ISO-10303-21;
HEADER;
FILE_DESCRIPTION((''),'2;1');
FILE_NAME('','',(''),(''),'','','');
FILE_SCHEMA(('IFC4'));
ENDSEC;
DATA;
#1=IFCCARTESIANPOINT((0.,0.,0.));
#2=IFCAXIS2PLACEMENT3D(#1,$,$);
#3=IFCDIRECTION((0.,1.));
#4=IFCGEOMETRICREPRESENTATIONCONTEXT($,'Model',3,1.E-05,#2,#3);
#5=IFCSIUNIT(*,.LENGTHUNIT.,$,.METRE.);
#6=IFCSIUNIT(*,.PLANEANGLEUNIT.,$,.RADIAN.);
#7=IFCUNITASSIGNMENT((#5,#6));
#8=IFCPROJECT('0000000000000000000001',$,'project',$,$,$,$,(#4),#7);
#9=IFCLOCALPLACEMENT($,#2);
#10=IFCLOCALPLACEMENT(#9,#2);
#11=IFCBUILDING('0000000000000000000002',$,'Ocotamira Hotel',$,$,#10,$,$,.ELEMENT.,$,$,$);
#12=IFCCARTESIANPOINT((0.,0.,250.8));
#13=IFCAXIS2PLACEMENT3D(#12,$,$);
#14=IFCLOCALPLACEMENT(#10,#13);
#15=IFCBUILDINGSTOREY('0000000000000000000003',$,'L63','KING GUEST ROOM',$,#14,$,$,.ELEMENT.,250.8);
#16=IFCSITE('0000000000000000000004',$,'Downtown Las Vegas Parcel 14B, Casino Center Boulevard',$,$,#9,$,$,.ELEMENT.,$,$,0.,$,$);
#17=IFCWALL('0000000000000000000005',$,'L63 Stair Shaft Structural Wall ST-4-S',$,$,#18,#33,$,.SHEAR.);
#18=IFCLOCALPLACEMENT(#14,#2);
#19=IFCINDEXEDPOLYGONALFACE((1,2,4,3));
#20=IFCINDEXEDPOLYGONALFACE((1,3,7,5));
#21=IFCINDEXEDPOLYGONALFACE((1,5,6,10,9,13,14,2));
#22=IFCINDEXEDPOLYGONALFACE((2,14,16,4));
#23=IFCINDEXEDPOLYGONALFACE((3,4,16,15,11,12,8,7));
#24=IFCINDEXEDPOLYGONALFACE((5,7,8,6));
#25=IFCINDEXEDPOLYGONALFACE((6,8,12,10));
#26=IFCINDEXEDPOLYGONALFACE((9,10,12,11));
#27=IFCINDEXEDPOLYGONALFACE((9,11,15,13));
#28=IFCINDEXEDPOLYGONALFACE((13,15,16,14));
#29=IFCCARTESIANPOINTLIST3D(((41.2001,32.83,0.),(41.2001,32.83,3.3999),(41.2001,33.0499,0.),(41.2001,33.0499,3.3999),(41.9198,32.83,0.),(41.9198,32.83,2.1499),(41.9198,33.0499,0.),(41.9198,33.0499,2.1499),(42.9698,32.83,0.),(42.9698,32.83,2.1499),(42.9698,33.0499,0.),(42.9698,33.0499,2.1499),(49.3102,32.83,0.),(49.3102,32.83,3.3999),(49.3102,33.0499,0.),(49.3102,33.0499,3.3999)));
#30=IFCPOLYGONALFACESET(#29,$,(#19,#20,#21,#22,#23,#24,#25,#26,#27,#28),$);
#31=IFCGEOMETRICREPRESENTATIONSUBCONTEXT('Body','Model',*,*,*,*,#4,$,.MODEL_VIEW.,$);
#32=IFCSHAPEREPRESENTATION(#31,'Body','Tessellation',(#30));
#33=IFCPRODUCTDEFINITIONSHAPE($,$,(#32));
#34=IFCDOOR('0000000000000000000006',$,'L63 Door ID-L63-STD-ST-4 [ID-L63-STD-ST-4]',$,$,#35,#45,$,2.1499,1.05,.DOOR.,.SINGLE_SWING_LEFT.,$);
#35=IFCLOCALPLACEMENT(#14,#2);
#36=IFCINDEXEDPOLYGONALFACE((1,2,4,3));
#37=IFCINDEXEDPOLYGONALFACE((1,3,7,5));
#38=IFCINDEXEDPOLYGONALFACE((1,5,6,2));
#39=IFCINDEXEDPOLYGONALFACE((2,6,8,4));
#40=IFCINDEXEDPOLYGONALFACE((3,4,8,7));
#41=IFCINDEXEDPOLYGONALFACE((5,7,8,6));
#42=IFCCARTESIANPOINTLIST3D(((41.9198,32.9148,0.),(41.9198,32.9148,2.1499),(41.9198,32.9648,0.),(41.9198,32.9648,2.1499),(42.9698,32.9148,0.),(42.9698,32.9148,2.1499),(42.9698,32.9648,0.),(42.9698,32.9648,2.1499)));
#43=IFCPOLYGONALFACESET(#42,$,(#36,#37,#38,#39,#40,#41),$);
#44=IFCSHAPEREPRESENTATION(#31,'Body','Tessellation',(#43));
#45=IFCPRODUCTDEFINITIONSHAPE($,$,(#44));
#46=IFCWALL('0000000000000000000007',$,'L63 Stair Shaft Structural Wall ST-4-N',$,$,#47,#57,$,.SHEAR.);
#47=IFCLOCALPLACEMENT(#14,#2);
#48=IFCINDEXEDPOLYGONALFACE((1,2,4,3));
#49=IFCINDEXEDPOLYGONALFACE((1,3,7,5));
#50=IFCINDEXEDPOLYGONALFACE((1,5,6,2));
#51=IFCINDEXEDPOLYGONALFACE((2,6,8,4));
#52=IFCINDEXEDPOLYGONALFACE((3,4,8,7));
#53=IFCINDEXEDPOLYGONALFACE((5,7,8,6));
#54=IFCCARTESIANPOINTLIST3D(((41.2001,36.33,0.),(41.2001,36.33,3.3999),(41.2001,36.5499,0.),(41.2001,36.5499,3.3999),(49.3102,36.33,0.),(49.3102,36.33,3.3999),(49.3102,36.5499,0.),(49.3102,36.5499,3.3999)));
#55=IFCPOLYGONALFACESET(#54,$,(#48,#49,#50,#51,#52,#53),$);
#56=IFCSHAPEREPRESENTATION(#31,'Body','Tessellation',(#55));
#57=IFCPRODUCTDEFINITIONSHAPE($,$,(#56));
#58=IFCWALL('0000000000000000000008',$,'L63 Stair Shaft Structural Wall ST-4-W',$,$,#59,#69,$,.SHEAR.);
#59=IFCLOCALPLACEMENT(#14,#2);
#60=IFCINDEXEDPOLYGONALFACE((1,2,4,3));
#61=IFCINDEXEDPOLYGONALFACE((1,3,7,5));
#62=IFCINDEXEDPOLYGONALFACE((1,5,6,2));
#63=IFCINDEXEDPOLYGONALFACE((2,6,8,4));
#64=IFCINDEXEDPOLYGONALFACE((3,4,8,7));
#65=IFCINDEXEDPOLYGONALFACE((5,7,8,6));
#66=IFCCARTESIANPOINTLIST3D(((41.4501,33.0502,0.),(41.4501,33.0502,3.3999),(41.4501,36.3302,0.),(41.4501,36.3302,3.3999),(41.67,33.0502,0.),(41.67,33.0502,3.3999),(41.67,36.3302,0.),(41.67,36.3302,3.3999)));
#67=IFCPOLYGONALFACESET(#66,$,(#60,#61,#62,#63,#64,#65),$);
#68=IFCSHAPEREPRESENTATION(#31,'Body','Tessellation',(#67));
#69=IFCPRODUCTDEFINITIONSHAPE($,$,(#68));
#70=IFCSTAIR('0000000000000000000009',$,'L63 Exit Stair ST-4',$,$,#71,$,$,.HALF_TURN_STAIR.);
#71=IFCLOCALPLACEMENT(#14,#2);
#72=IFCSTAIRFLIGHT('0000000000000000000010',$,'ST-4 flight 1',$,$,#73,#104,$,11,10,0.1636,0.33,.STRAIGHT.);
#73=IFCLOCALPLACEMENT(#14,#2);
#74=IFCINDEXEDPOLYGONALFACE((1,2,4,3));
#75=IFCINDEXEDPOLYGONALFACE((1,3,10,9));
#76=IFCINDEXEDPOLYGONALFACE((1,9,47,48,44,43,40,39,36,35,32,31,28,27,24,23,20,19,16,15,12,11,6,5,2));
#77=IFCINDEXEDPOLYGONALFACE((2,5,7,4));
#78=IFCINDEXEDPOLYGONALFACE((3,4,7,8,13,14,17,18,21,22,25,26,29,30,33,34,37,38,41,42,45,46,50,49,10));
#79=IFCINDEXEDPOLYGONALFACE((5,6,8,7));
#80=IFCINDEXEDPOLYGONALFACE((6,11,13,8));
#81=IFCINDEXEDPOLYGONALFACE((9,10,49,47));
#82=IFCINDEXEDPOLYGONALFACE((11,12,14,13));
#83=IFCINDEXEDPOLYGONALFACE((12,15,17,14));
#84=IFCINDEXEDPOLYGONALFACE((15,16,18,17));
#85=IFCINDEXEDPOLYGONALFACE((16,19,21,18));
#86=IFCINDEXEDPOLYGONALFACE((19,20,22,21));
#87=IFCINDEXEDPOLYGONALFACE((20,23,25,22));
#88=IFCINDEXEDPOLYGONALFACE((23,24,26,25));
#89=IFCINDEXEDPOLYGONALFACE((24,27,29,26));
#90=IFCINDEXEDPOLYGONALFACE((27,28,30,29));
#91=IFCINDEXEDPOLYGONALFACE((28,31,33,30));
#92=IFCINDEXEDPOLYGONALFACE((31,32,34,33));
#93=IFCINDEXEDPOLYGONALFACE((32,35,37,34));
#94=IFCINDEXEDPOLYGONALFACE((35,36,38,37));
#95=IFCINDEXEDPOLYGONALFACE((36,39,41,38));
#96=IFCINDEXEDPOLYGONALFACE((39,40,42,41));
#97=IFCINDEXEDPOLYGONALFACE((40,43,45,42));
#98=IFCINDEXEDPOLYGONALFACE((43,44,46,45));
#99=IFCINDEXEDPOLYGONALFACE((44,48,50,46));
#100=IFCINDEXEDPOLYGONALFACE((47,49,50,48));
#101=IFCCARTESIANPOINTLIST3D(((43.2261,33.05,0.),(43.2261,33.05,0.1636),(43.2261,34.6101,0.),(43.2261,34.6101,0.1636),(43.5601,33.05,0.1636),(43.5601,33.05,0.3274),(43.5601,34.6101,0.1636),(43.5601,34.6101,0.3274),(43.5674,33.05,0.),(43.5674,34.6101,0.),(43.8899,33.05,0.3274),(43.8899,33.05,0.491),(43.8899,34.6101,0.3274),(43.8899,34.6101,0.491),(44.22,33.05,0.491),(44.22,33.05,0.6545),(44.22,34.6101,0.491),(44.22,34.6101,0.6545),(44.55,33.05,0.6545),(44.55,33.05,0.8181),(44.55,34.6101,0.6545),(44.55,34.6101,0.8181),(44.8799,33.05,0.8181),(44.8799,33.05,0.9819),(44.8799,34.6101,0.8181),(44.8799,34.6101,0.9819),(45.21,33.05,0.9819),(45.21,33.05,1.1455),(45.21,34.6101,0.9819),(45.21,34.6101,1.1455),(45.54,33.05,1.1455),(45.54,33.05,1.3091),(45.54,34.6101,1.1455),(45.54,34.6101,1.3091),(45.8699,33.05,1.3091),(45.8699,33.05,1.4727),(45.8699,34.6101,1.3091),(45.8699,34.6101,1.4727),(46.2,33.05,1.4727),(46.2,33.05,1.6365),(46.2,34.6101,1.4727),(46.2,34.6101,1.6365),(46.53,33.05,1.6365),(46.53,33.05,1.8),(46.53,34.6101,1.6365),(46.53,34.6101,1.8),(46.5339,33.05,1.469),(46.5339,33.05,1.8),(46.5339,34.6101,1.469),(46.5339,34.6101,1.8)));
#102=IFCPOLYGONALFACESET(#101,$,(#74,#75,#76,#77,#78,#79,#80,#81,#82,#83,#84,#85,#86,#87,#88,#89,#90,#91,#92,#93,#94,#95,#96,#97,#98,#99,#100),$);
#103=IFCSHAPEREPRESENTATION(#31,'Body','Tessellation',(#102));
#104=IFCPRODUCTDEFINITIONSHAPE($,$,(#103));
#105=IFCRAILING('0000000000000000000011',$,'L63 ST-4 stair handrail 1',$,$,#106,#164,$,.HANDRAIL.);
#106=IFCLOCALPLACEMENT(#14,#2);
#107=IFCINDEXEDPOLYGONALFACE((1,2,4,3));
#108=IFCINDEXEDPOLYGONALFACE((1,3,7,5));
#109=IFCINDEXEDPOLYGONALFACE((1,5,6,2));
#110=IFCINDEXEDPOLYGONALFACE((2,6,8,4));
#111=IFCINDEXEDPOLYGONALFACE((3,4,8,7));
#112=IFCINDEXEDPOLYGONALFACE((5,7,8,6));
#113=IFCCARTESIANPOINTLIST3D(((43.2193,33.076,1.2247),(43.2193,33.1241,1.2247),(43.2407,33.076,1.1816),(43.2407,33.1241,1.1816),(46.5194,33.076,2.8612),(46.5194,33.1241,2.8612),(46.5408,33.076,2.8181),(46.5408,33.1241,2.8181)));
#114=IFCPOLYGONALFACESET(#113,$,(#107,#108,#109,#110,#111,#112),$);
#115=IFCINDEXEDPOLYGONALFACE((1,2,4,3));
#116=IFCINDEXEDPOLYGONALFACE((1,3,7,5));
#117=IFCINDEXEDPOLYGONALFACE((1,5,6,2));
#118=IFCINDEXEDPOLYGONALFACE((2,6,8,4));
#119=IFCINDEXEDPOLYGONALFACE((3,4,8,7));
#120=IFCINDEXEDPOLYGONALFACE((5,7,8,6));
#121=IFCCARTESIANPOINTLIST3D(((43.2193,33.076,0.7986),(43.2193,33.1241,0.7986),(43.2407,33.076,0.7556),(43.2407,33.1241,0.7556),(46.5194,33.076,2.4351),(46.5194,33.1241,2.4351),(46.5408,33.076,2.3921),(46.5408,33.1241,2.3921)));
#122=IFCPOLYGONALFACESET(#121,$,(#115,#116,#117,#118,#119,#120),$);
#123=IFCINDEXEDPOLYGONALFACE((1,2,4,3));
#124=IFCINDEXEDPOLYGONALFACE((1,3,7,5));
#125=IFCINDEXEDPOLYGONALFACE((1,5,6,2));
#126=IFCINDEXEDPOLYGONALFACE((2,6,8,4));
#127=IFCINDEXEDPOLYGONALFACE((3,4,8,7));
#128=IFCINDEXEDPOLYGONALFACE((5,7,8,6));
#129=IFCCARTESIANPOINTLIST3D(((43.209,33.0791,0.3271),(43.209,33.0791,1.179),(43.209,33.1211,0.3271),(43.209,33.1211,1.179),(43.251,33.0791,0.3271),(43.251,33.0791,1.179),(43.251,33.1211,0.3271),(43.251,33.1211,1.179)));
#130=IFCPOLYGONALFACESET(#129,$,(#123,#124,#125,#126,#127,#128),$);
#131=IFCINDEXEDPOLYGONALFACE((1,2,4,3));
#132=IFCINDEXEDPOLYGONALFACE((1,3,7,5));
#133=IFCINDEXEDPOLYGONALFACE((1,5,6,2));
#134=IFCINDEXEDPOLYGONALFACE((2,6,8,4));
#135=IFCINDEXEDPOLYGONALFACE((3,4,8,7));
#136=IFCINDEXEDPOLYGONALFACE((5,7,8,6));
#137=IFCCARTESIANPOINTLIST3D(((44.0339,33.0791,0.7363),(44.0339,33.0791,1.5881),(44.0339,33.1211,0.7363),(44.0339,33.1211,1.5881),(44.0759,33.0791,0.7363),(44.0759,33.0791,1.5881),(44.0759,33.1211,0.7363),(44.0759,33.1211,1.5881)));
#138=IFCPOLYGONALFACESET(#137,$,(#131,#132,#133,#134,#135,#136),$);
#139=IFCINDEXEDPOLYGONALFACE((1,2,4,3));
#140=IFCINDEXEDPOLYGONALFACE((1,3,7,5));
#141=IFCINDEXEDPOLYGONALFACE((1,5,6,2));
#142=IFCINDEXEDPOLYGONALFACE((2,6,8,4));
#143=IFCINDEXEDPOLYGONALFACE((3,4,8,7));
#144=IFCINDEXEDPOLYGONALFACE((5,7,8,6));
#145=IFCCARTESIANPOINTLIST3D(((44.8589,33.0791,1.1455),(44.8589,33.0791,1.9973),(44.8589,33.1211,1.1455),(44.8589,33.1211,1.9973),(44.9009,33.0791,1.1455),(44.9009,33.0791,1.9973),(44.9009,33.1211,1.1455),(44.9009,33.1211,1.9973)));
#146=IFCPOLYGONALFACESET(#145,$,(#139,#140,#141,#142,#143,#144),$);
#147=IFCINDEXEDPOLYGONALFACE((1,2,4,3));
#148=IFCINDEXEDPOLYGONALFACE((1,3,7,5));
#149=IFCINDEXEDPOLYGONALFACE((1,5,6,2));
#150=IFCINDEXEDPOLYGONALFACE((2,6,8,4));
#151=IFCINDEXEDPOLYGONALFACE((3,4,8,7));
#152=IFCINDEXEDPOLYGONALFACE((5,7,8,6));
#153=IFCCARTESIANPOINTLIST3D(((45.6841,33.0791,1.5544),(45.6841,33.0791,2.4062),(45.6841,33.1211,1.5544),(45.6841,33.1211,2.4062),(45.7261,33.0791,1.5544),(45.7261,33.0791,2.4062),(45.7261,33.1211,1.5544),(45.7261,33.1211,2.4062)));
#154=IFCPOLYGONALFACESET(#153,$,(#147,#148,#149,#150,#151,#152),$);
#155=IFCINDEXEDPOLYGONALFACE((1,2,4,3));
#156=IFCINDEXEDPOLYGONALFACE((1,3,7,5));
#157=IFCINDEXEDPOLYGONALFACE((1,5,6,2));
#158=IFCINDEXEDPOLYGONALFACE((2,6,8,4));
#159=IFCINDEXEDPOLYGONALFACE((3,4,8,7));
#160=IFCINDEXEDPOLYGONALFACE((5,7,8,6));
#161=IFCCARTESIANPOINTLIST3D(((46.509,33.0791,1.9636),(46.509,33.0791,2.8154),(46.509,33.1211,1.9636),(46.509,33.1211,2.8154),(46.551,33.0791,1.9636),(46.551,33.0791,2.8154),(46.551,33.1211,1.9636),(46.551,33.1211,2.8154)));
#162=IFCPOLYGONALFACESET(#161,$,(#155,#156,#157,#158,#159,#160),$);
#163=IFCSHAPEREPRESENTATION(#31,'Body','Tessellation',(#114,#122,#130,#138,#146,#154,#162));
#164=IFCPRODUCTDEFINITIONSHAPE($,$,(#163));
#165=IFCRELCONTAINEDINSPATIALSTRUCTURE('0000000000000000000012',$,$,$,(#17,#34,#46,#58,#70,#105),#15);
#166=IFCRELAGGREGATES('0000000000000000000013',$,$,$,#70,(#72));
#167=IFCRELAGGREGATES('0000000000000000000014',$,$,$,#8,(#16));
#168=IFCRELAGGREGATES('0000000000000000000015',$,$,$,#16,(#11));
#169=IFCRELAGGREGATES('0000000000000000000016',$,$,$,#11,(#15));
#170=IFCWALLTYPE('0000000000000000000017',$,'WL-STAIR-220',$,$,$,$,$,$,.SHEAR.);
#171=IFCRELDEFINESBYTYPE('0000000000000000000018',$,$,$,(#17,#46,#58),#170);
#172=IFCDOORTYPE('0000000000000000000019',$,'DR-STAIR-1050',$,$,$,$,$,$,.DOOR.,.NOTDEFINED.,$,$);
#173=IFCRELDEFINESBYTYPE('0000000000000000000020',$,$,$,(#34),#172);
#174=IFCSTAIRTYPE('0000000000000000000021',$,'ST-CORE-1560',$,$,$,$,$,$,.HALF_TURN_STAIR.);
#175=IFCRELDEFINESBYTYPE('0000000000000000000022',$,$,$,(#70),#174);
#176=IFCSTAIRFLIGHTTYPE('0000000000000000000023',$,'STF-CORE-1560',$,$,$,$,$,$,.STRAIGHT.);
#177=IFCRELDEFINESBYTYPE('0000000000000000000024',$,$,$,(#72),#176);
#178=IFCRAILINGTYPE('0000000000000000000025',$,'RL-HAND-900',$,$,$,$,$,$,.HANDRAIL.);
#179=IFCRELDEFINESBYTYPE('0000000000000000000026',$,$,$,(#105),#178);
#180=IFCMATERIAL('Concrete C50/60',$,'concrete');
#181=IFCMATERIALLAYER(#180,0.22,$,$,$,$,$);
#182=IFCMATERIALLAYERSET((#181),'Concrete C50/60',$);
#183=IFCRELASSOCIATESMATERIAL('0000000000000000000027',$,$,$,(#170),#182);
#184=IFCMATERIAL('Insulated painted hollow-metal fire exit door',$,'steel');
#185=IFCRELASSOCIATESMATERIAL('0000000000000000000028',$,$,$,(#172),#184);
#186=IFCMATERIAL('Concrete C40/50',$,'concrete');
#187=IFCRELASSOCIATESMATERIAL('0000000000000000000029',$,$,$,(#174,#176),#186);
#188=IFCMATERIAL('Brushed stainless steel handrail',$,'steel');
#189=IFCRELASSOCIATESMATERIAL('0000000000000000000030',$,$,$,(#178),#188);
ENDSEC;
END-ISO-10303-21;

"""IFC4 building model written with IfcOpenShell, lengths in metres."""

from ifc_helpers import new_model, si_unit, direction, frame, frame_2d, origin, origin_2d, place, context, subcontext, project, spatial, polyline, rectangle, outline, extrude, source, transform, mapped, material, layer, layer_set, type_object, element, fill, aggregate, save


model = new_model("IFC4")

# Units and contexts
model_context = context("Model", 3, precision=1e-05, world=origin(), true_north=direction((0.0, 1.0)))
body_context = subcontext(model_context, "Body", "Model", "MODEL_VIEW")
ifc_project = project(units=[si_unit("LENGTHUNIT", "METRE"), si_unit("PLANEANGLEUNIT", "RADIAN")], contexts=[model_context])

# Site, building, storey
site_placement = place(None, origin())
site = spatial("IfcSite", under=ifc_project, at=site_placement, Name="Downtown Las Vegas Parcel 14B, Casino Center Boulevard", CompositionType="ELEMENT", RefElevation=0.0)
building_placement = place(site_placement, origin())
building = spatial("IfcBuilding", under=site, at=building_placement, Name="Ocotamira Hotel", CompositionType="ELEMENT")
storey_placement = place(building_placement, frame((0.0, 0.0, 250.8)))
storey = spatial("IfcBuildingStorey", under=building, at=storey_placement, Name="L63", Description="KING GUEST ROOM", CompositionType="ELEMENT", Elevation=250.8)

# Shared definitions
ifc_material_1 = material(Name="Concrete C50/60", Category="concrete")

# Wall, opening, door
ifc_layer_1 = layer(ifc_material_1, 0.22)
ifc_layer_set_1 = layer_set([ifc_layer_1], Name="Concrete C50/60")
wall_type_1 = type_object("IfcWallType", Name="WL-STAIR-220", PredefinedType="SHEAR", material=ifc_layer_set_1)
wall_1_placement = place(storey_placement, frame((41.2, 32.9399, 0.0), z_axis=(0.0, 0.0, 1.0), x_axis=(1.0, 0.0, 0.0)))
wall_1 = element("IfcWall", 1, at=wall_1_placement, inside=storey, type_object=wall_type_1, Name="L63 Stair Shaft Structural Wall ST-4-S", PredefinedType="SHEAR", context=body_context, shape_type="SweptSolid", body=[
    extrude(rectangle(XDim=8.1101, YDim=0.22, at=frame_2d((4.0552, 0.0))), origin(), (0.0, 0.0, 1.0), 3.3999),
])
opening_1_placement = place(wall_1_placement, frame((0.72, 0.0, 0.0)))
opening_1 = element("IfcOpeningElement", 2, at=opening_1_placement, cuts=wall_1, PredefinedType="OPENING", context=body_context, shape_type="SweptSolid", body=[
    extrude(rectangle(XDim=1.05, YDim=2.1499, at=frame_2d((0.5249, 1.075))), frame((0.0, 0.1201, 0.0), z_axis=(0.0, -1.0, 0.0), x_axis=(1.0, 0.0, 0.0)), (0.0, 0.0, 1.0), 0.24),
])
ifc_material_2 = material(Name="Insulated painted hollow-metal fire exit door", Category="steel")
door_type_1 = type_object("IfcDoorType", Name="DR-STAIR-1050", OperationType="NOTDEFINED", PredefinedType="DOOR", material=ifc_material_2)
shared_shape_1 = source(origin(), body_context, "Body", "SweptSolid", [
    extrude(rectangle(XDim=1.05, YDim=2.1499, at=frame_2d((0.5249, 1.075))), frame((0.0, 0.0249, 0.0), z_axis=(0.0, -1.0, 0.0), x_axis=(1.0, 0.0, 0.0)), (0.0, 0.0, 1.0), 0.05),
])
door_1_placement = place(opening_1_placement, origin())
door_1 = element("IfcDoor", 3, at=door_1_placement, inside=storey, type_object=door_type_1, Name="L63 Door ID-L63-STD-ST-4 [ID-L63-STD-ST-4]", OperationType="SINGLE_SWING_LEFT", OverallHeight=2.1499, OverallWidth=1.05, PredefinedType="DOOR", context=body_context, shape_type="MappedRepresentation", body=[
    mapped(shared_shape_1, transform((0.0, 0.0, 0.0), scale=1.0)),
])
fill(opening_1, door_1)

# Walls
wall_2_placement = place(storey_placement, frame((41.2, 36.4399, 0.0), z_axis=(0.0, 0.0, 1.0), x_axis=(1.0, 0.0, 0.0)))
element("IfcWall", 4, at=wall_2_placement, inside=storey, type_object=wall_type_1, Name="L63 Stair Shaft Structural Wall ST-4-N", PredefinedType="SHEAR", context=body_context, shape_type="SweptSolid", body=[
    extrude(rectangle(XDim=8.1101, YDim=0.22, at=frame_2d((4.0552, 0.0))), origin(), (0.0, 0.0, 1.0), 3.3999),
])
wall_3_placement = place(storey_placement, frame((41.5601, 33.05, 0.0), z_axis=(0.0, 0.0, 1.0), x_axis=(0.0, 1.0, 0.0)))
element("IfcWall", 5, at=wall_3_placement, inside=storey, type_object=wall_type_1, Name="L63 Stair Shaft Structural Wall ST-4-W", PredefinedType="SHEAR", context=body_context, shape_type="SweptSolid", body=[
    extrude(rectangle(XDim=3.28, YDim=0.22, at=frame_2d((1.6401, 0.0))), origin(), (0.0, 0.0, 1.0), 3.3999),
])

# Stair, stair flight
ifc_material_3 = material(Name="Concrete C40/50", Category="concrete")
stair_type = type_object("IfcStairType", Name="ST-CORE-1560", PredefinedType="HALF_TURN_STAIR", material=ifc_material_3)
stair_placement = place(storey_placement, origin())
stair = element("IfcStair", 6, at=stair_placement, inside=storey, type_object=stair_type, Name="L63 Exit Stair ST-4", PredefinedType="HALF_TURN_STAIR")
stair_flight_type = type_object("IfcStairFlightType", Name="STF-CORE-1560", PredefinedType="STRAIGHT", material=ifc_material_3)
shared_shape_2 = source(origin(), body_context, "Body", "SweptSolid", [
    extrude(outline(polyline([(-0.0039, 0.0), (-0.0039, 0.1636), (0.3301, 0.1636), (0.3301, 0.3274), (0.6599, 0.3274), (0.6599, 0.491), (0.99, 0.491), (0.99, 0.6545), (1.3201, 0.6545), (1.3201, 0.8181), (1.6499, 0.8181), (1.6499, 0.9819), (1.98, 0.9819), (1.98, 1.1455), (2.3101, 1.1455), (2.3101, 1.3091), (2.6399, 1.3091), (2.6399, 1.4727), (2.97, 1.4727), (2.97, 1.6365), (3.3, 1.6365), (3.3, 1.8), (3.304, 1.8), (3.304, 1.469), (0.3374, 0.0), (-0.0039, 0.0)])), frame((0.0, 0.78, 0.0), z_axis=(0.0, -1.0, 0.0), x_axis=(1.0, 0.0, 0.0)), (0.0, 0.0, 1.0), 1.5601),
])
stair_flight_placement = place(storey_placement, frame((43.23, 33.8301, 0.0), z_axis=(0.0, 0.0, 1.0), x_axis=(1.0, 0.0, 0.0)))
stair_flight = element("IfcStairFlight", 7, at=stair_flight_placement, type_object=stair_flight_type, Name="ST-4 flight 1", NumberOfRisers=11, NumberOfTreads=10, PredefinedType="STRAIGHT", RiserHeight=0.1636, TreadLength=0.33, context=body_context, shape_type="MappedRepresentation", body=[
    mapped(shared_shape_2, transform((0.0, 0.0, 0.0), scale=1.0)),
])
aggregate(stair, [stair_flight])

# Railing
ifc_material_4 = material(Name="Brushed stainless steel handrail", Category="steel")
railing_type_1 = type_object("IfcRailingType", Name="RL-HAND-900", PredefinedType="HANDRAIL", material=ifc_material_4)
railing_1_placement = place(storey_placement, frame((43.23, 33.1001, 0.3271)))
element("IfcRailing", 8, at=railing_1_placement, inside=storey, type_object=railing_type_1, Name="L63 ST-4 stair handrail 1", PredefinedType="HANDRAIL", context=body_context, shape_type="SweptSolid", body=[
    extrude(rectangle(XDim=0.0481, YDim=0.0481, at=origin_2d()), frame((0.0, 0.0, 0.876), z_axis=(0.895894, 0.0, 0.444268), x_axis=(0.0, 1.0, 0.0)), (0.0, 0.0, 1.0), 3.6836),
    extrude(rectangle(XDim=0.0481, YDim=0.0481, at=origin_2d()), frame((0.0, 0.0, 0.45), z_axis=(0.895894, 0.0, 0.444268), x_axis=(0.0, 1.0, 0.0)), (0.0, 0.0, 1.0), 3.6836),
    extrude(rectangle(XDim=0.042, YDim=0.042, at=origin_2d()), origin(), (0.0, 0.0, 1.0), 0.8518),
    extrude(rectangle(XDim=0.042, YDim=0.042, at=origin_2d()), frame((0.825, 0.0, 0.4092)), (0.0, 0.0, 1.0), 0.8518),
    extrude(rectangle(XDim=0.042, YDim=0.042, at=origin_2d()), frame((1.6499, 0.0, 0.8184)), (0.0, 0.0, 1.0), 0.8518),
    extrude(rectangle(XDim=0.042, YDim=0.042, at=origin_2d()), frame((2.4751, 0.0, 1.2273)), (0.0, 0.0, 1.0), 0.8518),
    extrude(rectangle(XDim=0.042, YDim=0.042, at=origin_2d()), frame((3.3, 0.0, 1.6365)), (0.0, 0.0, 1.0), 0.8518),
])

save(model, "model.ifc")
